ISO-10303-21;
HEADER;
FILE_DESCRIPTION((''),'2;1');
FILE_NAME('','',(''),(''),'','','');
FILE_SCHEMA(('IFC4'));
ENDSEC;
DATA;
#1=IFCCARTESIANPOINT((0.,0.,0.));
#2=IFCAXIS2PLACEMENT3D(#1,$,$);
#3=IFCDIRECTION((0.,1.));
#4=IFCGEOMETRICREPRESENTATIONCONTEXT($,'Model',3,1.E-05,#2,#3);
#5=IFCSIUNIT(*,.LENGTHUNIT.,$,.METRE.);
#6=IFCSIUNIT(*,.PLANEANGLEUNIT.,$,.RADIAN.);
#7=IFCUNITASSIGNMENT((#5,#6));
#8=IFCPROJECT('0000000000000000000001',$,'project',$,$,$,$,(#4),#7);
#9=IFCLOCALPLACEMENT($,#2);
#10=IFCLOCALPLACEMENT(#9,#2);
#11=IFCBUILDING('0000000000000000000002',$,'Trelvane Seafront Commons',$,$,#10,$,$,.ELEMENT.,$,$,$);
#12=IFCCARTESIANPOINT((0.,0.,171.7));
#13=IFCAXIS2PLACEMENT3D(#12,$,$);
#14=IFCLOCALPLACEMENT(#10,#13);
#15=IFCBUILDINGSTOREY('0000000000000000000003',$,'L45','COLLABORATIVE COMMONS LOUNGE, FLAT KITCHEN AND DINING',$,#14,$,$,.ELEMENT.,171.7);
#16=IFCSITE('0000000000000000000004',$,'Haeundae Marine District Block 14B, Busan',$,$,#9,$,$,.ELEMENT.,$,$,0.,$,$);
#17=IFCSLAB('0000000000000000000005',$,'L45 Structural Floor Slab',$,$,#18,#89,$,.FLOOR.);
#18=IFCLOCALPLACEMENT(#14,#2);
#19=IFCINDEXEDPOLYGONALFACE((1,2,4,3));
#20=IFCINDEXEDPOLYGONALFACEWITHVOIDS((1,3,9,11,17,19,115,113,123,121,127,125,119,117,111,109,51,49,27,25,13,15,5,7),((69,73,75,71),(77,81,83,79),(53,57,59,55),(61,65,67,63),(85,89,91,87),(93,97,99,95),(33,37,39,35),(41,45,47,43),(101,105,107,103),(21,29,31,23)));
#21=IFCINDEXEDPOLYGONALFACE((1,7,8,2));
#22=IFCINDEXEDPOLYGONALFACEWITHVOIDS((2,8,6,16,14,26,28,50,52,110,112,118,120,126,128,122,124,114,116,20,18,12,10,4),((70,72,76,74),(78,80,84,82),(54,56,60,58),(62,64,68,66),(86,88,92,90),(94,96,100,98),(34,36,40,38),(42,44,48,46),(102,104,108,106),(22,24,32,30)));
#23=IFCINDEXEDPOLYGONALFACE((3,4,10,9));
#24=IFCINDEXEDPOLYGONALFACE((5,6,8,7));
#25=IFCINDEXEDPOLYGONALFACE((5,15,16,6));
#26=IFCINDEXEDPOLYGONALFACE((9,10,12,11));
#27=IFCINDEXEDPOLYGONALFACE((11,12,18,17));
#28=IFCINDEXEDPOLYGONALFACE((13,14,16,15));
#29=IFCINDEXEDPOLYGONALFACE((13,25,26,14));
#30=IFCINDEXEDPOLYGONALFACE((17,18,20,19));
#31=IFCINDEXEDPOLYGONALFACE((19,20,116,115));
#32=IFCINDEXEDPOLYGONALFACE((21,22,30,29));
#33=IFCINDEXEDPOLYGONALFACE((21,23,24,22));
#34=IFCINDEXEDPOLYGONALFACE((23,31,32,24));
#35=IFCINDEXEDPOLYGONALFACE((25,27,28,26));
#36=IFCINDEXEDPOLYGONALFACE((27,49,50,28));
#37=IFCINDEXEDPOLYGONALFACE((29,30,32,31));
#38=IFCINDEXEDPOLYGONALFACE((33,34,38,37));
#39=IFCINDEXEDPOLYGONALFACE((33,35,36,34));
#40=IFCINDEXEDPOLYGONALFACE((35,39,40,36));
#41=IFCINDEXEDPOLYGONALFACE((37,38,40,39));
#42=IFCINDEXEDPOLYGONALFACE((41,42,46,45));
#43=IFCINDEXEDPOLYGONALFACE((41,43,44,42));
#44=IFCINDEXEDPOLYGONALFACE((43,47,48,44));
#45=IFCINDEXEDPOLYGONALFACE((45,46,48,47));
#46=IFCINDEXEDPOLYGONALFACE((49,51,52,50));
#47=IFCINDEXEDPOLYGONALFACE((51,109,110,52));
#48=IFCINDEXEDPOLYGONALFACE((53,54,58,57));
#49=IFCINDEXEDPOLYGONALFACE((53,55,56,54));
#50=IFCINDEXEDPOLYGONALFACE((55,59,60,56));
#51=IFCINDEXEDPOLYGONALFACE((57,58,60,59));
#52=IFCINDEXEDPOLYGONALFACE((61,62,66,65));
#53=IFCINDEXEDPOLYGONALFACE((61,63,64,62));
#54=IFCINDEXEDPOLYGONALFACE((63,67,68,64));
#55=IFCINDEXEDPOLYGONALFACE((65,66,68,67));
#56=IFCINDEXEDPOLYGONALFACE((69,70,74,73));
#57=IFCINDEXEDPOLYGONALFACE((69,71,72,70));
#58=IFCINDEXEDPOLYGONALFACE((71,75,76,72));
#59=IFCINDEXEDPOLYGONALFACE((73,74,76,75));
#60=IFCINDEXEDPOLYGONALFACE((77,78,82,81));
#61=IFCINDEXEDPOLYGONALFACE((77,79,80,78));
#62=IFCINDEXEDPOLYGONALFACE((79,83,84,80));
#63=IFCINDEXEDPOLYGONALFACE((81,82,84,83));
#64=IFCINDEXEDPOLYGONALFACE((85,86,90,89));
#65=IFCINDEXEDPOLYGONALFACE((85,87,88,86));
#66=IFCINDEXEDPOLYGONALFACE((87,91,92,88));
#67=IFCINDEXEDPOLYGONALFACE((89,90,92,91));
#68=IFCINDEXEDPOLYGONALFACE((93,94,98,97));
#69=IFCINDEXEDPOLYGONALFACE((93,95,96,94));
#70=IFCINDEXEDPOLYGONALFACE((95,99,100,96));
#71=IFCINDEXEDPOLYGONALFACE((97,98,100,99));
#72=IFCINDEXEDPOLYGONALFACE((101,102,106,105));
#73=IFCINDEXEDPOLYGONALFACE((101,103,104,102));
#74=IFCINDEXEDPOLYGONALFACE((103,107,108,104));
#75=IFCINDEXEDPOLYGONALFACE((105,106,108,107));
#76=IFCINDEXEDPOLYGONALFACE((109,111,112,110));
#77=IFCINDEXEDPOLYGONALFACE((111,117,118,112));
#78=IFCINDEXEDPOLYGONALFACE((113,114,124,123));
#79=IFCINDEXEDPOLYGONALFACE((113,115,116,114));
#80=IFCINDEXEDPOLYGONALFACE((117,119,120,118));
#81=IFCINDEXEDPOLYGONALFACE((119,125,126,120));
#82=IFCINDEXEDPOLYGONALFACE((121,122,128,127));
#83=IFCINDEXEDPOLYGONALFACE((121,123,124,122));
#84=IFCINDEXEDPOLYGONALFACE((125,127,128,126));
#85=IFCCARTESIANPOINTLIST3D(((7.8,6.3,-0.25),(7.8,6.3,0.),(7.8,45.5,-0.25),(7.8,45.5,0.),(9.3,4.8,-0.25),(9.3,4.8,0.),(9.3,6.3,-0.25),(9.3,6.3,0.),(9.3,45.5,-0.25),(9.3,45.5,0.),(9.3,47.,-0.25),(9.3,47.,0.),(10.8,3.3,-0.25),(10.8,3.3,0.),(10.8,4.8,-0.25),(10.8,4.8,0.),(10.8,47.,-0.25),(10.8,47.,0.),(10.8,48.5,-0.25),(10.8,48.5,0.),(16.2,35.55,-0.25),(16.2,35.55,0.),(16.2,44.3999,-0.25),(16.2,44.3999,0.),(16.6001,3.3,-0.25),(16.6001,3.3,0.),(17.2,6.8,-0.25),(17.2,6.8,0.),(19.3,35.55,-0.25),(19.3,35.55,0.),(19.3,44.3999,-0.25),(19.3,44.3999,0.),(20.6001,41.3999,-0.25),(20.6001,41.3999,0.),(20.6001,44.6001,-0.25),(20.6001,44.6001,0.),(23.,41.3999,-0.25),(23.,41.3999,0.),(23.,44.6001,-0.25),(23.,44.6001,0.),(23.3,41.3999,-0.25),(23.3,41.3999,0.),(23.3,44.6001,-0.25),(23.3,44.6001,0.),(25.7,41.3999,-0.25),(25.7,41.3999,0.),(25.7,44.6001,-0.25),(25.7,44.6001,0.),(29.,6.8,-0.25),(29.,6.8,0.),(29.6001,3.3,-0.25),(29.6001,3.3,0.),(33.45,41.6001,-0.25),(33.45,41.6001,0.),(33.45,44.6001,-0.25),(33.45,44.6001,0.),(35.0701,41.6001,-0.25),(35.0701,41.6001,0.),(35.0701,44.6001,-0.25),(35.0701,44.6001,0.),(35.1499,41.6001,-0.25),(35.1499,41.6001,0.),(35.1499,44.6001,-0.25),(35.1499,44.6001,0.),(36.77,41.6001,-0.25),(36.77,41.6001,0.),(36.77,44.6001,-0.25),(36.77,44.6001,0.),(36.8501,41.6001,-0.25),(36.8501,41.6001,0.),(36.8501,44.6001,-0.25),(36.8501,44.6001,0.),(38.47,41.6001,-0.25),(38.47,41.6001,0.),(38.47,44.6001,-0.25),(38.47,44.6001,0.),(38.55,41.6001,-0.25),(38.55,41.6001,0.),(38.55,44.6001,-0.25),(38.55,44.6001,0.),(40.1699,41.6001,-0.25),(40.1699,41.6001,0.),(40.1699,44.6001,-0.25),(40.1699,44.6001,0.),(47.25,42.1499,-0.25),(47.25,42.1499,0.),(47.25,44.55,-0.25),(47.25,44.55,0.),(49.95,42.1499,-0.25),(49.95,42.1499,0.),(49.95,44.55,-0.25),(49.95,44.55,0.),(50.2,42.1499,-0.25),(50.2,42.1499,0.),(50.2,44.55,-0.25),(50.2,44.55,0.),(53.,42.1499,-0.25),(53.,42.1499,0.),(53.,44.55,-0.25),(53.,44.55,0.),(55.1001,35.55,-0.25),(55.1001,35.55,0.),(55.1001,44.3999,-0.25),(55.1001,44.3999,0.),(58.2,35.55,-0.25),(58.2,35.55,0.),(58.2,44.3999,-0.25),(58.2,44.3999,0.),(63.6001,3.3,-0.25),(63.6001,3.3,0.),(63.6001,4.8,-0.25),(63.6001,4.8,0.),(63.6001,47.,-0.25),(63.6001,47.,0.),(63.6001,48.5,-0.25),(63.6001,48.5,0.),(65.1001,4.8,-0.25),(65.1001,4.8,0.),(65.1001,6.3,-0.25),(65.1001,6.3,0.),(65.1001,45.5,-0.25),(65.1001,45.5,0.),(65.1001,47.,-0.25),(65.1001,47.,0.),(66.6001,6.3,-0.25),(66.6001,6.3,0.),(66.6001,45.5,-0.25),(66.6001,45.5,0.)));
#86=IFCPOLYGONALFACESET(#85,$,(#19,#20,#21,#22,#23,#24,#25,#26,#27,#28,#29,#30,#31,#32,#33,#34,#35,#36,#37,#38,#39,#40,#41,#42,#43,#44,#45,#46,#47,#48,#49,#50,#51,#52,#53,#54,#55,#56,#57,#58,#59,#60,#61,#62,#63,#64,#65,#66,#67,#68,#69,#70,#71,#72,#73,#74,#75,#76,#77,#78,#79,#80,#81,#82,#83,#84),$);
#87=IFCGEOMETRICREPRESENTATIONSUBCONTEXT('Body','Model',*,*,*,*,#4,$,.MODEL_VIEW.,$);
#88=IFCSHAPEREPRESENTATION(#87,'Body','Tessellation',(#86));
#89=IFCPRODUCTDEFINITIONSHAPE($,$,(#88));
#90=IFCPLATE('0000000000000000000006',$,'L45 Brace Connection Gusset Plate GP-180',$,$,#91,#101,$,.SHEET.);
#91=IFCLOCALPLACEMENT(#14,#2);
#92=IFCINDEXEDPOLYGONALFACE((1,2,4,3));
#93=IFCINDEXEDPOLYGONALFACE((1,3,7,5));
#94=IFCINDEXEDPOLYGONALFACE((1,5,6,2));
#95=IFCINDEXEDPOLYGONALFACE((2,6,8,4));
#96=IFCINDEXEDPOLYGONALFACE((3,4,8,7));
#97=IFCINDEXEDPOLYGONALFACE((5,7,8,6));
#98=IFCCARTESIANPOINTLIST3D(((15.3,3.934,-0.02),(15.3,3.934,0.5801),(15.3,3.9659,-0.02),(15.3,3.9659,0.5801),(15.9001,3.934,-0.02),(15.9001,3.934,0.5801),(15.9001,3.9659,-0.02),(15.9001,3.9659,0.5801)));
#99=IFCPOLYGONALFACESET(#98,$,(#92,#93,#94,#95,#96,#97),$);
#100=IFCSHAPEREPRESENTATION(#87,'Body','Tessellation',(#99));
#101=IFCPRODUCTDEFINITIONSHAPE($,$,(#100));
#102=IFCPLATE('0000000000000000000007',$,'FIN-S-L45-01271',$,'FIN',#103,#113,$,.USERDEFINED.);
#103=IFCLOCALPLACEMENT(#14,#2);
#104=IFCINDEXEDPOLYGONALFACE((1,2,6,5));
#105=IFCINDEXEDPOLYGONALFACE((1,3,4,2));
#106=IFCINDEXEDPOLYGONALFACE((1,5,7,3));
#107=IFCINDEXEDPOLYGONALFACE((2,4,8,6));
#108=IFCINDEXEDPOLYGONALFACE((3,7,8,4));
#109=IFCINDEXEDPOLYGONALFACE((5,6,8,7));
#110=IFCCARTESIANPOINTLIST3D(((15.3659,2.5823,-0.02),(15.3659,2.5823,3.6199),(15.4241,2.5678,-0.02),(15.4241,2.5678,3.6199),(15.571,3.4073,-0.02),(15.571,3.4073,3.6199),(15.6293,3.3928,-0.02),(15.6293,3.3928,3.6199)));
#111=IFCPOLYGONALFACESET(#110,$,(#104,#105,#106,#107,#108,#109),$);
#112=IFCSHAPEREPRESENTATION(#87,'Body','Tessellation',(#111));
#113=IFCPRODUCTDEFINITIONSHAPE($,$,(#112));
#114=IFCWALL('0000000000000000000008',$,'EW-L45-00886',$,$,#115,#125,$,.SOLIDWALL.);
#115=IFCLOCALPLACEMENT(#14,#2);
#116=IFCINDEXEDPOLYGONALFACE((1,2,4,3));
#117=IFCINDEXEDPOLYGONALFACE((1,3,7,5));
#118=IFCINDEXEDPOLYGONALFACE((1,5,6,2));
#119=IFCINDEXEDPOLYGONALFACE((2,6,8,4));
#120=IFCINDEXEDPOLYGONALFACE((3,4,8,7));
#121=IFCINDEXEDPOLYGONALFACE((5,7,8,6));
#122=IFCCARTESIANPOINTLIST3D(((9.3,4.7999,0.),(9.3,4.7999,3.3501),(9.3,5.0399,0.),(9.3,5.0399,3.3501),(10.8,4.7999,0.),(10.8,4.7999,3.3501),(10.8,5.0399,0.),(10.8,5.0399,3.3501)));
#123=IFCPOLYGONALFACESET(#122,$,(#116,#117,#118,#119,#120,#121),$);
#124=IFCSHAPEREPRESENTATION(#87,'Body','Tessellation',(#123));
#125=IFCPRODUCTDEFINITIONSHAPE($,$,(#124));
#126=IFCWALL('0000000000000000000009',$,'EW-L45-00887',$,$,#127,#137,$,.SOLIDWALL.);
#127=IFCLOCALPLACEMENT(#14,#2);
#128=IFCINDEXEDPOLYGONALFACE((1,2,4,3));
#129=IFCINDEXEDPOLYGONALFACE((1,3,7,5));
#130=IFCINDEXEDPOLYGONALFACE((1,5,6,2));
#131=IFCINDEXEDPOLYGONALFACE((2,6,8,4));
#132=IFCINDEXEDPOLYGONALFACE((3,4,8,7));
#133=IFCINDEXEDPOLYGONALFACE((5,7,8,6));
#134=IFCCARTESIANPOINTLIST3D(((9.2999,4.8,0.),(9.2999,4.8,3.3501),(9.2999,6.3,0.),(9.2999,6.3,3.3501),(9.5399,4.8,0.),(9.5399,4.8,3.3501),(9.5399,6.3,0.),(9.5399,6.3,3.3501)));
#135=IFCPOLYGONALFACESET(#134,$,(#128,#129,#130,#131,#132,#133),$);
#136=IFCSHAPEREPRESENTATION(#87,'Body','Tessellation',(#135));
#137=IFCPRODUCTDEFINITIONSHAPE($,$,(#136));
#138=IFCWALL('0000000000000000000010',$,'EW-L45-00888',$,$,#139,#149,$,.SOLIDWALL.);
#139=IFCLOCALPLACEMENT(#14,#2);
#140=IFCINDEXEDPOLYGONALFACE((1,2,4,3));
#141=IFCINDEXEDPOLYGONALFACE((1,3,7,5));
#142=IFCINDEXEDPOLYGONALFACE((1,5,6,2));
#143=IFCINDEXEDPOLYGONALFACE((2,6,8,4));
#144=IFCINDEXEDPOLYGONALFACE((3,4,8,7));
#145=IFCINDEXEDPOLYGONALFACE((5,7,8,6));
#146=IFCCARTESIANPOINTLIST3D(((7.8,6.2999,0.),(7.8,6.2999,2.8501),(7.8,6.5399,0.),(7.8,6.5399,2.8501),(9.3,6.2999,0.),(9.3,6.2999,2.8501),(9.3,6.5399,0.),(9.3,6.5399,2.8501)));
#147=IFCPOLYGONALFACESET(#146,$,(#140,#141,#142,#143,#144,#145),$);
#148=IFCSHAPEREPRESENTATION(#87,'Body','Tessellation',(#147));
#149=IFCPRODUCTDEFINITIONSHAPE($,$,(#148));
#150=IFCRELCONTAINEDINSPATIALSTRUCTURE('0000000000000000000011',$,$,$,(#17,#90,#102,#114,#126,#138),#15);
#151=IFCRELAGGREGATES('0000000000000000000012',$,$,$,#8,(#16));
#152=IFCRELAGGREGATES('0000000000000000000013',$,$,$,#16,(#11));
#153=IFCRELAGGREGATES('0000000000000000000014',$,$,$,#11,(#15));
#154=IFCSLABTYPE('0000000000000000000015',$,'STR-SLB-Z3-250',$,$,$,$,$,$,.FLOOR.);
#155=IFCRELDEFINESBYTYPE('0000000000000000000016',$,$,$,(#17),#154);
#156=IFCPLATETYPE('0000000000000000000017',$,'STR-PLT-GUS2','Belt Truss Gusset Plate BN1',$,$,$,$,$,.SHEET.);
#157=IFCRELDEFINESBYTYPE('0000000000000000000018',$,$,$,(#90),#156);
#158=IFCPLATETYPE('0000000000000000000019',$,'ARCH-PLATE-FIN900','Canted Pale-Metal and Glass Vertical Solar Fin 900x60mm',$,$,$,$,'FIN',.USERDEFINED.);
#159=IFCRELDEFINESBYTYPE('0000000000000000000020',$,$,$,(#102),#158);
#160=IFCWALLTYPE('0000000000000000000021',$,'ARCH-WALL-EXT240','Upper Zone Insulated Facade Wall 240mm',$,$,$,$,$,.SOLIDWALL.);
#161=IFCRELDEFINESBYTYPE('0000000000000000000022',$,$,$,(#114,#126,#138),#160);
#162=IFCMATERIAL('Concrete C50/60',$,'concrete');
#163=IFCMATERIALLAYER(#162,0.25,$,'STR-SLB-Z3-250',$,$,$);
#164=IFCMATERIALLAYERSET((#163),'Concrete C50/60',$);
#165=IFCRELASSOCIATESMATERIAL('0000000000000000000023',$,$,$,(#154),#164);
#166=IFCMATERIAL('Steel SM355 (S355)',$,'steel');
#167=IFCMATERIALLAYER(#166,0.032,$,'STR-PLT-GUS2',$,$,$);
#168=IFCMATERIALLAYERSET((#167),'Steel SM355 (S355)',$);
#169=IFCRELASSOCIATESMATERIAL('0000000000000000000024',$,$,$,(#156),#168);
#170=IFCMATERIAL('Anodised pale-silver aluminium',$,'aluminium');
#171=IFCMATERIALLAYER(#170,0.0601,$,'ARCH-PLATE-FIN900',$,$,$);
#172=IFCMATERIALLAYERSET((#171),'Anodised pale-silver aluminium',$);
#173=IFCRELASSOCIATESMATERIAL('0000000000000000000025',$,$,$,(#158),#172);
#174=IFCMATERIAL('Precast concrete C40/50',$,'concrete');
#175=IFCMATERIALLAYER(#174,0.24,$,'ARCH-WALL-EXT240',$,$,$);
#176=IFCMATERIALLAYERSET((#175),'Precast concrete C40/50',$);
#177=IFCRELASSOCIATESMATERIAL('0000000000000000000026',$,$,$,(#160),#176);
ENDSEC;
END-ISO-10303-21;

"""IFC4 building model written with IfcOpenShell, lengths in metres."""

from ifc_helpers import new_model, si_unit, direction, frame, frame_2d, origin, origin_2d, place, context, subcontext, project, spatial, polyline, rectangle, outline, extrude, source, transform, mapped, material, layer, layer_set, type_object, element, save


model = new_model("IFC4")

# Units and contexts
model_context = context("Model", 3, precision=1e-05, world=origin(), true_north=direction((0.0, 1.0)))
body_context = subcontext(model_context, "Body", "Model", "MODEL_VIEW")
ifc_project = project(units=[si_unit("LENGTHUNIT", "METRE"), si_unit("PLANEANGLEUNIT", "RADIAN")], contexts=[model_context])

# Site, building, storey
site_placement = place(None, origin())
site = spatial("IfcSite", under=ifc_project, at=site_placement, Name="Haeundae Marine District Block 14B, Busan", CompositionType="ELEMENT", RefElevation=0.0)
building_placement = place(site_placement, origin())
building = spatial("IfcBuilding", under=site, at=building_placement, Name="Trelvane Seafront Commons", CompositionType="ELEMENT")
storey_placement = place(building_placement, frame((0.0, 0.0, 171.7)))
storey = spatial("IfcBuildingStorey", under=building, at=storey_placement, Name="L45", Description="COLLABORATIVE COMMONS LOUNGE, FLAT KITCHEN AND DINING", CompositionType="ELEMENT", Elevation=171.7)

# Shared definitions
ifc_material_1 = material(Name="Steel SM355 (S355)", Category="steel")

# Slab
ifc_material_2 = material(Name="Concrete C50/60", Category="concrete")
ifc_layer_1 = layer(ifc_material_2, 0.25, Name="STR-SLB-Z3-250")
ifc_layer_set_1 = layer_set([ifc_layer_1], Name="Concrete C50/60")
slab_type_1 = type_object("IfcSlabType", Name="STR-SLB-Z3-250", PredefinedType="FLOOR", material=ifc_layer_set_1)
slab_1_placement = place(storey_placement, frame((0.0, 0.0, -0.25)))
element("IfcSlab", 1, at=slab_1_placement, inside=storey, type_object=slab_type_1, Name="L45 Structural Floor Slab", PredefinedType="FLOOR", context=body_context, shape_type="SweptSolid", body=[
    extrude(outline(polyline([(10.8, 3.3), (16.6001, 3.3), (17.2, 6.8), (29.0, 6.8), (29.6001, 3.3), (63.6001, 3.3), (63.6001, 4.8), (65.1001, 4.8), (65.1001, 6.3), (66.6001, 6.3), (66.6001, 45.5), (65.1001, 45.5), (65.1001, 47.0), (63.6001, 47.0), (63.6001, 48.5), (10.8, 48.5), (10.8, 47.0), (9.3, 47.0), (9.3, 45.5), (7.8, 45.5), (7.8, 6.3), (9.3, 6.3), (9.3, 4.8), (10.8, 4.8), (10.8, 3.3)]), holes=[polyline([(19.3, 35.55), (16.2, 35.55), (16.2, 44.3999), (19.3, 44.3999), (19.3, 35.55)]), polyline([(58.2, 35.55), (55.1001, 35.55), (55.1001, 44.3999), (58.2, 44.3999), (58.2, 35.55)]), polyline([(23.0, 41.3999), (20.6001, 41.3999), (20.6001, 44.6001), (23.0, 44.6001), (23.0, 41.3999)]), polyline([(23.3, 41.3999), (23.3, 44.6001), (25.7, 44.6001), (25.7, 41.3999), (23.3, 41.3999)]), polyline([(33.45, 41.6001), (33.45, 44.6001), (35.0701, 44.6001), (35.0701, 41.6001), (33.45, 41.6001)]), polyline([(36.77, 41.6001), (35.1499, 41.6001), (35.1499, 44.6001), (36.77, 44.6001), (36.77, 41.6001)]), polyline([(38.47, 41.6001), (36.8501, 41.6001), (36.8501, 44.6001), (38.47, 44.6001), (38.47, 41.6001)]), polyline([(40.1699, 41.6001), (38.55, 41.6001), (38.55, 44.6001), (40.1699, 44.6001), (40.1699, 41.6001)]), polyline([(47.25, 42.1499), (47.25, 44.55), (49.95, 44.55), (49.95, 42.1499), (47.25, 42.1499)]), polyline([(50.2, 42.1499), (50.2, 44.55), (53.0, 44.55), (53.0, 42.1499), (50.2, 42.1499)])]), origin(), (0.0, 0.0, 1.0), 0.25),
])

# Plates
ifc_layer_2 = layer(ifc_material_1, 0.032, Name="STR-PLT-GUS2")
ifc_layer_set_2 = layer_set([ifc_layer_2], Name="Steel SM355 (S355)")
plate_type_1 = type_object("IfcPlateType", Name="STR-PLT-GUS2", Description="Belt Truss Gusset Plate BN1", PredefinedType="SHEET", material=ifc_layer_set_2)
shared_shape_1 = source(origin(), body_context, "Body", "SweptSolid", [
    extrude(rectangle(XDim=0.6001, YDim=0.032, at=origin_2d()), origin(), (0.0, 0.0, 1.0), 0.6001),
])
plate_1_placement = place(storey_placement, frame((15.6001, 3.95, -0.02), z_axis=(0.0, 0.0, 1.0), x_axis=(1.0, 0.0, 0.0)))
element("IfcPlate", 2, at=plate_1_placement, inside=storey, type_object=plate_type_1, Name="L45 Brace Connection Gusset Plate GP-180", PredefinedType="SHEET", context=body_context, shape_type="MappedRepresentation", body=[
    mapped(shared_shape_1, transform((0.0, 0.0, 0.0), x_axis=(1.0, 0.0, 0.0), y_axis=(0.0, 1.0, 0.0), z_axis=(0.0, 0.0, 1.0), scale=1.0)),
])
ifc_material_3 = material(Name="Anodised pale-silver aluminium", Category="aluminium")
ifc_layer_3 = layer(ifc_material_3, 0.0601, Name="ARCH-PLATE-FIN900")
ifc_layer_set_3 = layer_set([ifc_layer_3], Name="Anodised pale-silver aluminium")
plate_type_2 = type_object("IfcPlateType", Name="ARCH-PLATE-FIN900", Description="Canted Pale-Metal and Glass Vertical Solar Fin 900x60mm", ElementType="FIN", PredefinedType="USERDEFINED", material=ifc_layer_set_3)
shared_shape_2 = source(origin(), body_context, "Body", "SweptSolid", [
    extrude(rectangle(XDim=0.8501, YDim=0.0601, at=origin_2d()), origin(), (0.0, 0.0, 1.0), 3.6399),
])
plate_2_placement = place(storey_placement, frame((15.4976, 2.9875, -0.02), z_axis=(0.0, 0.0, 1.0), x_axis=(-0.24129, -0.970453, 0.0)))
element("IfcPlate", 3, at=plate_2_placement, inside=storey, type_object=plate_type_2, Name="FIN-S-L45-01271", ObjectType="FIN", PredefinedType="USERDEFINED", context=body_context, shape_type="MappedRepresentation", body=[
    mapped(shared_shape_2, transform((0.0, 0.0, 0.0), x_axis=(1.0, 0.0, 0.0), y_axis=(0.0, 1.0, 0.0), z_axis=(0.0, 0.0, 1.0), scale=1.0)),
])

# Walls
ifc_material_4 = material(Name="Precast concrete C40/50", Category="concrete")
ifc_layer_4 = layer(ifc_material_4, 0.24, Name="ARCH-WALL-EXT240")
ifc_layer_set_4 = layer_set([ifc_layer_4], Name="Precast concrete C40/50")
wall_type_1 = type_object("IfcWallType", Name="ARCH-WALL-EXT240", Description="Upper Zone Insulated Facade Wall 240mm", PredefinedType="SOLIDWALL", material=ifc_layer_set_4)
for number, where, z_axis, x_axis, name in (
    (4, (10.8, 4.9199, 0.0), (0.0, 0.0, 1.0), (-1.0, 0.0, 0.0), "EW-L45-00886"),
    (5, (9.4199, 4.8, 0.0), (0.0, 0.0, 1.0), (0.0, 1.0, 0.0), "EW-L45-00887"),
):
    element("IfcWall", number, at=place(storey_placement, frame(where, z_axis=z_axis, x_axis=x_axis)), inside=storey, type_object=wall_type_1, Name=name, PredefinedType="SOLIDWALL", context=body_context, shape_type="SweptSolid", body=[
        extrude(rectangle(XDim=1.5, YDim=0.24, at=frame_2d((0.75, 0.0))), origin(), (0.0, 0.0, 1.0), 3.3501),
    ])
wall_1_placement = place(storey_placement, frame((9.3, 6.4199, 0.0), z_axis=(0.0, 0.0, 1.0), x_axis=(-1.0, 0.0, 0.0)))
element("IfcWall", 6, at=wall_1_placement, inside=storey, type_object=wall_type_1, Name="EW-L45-00888", PredefinedType="SOLIDWALL", context=body_context, shape_type="SweptSolid", body=[
    extrude(rectangle(XDim=1.5, YDim=0.24, at=frame_2d((0.75, 0.0))), origin(), (0.0, 0.0, 1.0), 2.8501),
])

save(model, "model.ifc")
